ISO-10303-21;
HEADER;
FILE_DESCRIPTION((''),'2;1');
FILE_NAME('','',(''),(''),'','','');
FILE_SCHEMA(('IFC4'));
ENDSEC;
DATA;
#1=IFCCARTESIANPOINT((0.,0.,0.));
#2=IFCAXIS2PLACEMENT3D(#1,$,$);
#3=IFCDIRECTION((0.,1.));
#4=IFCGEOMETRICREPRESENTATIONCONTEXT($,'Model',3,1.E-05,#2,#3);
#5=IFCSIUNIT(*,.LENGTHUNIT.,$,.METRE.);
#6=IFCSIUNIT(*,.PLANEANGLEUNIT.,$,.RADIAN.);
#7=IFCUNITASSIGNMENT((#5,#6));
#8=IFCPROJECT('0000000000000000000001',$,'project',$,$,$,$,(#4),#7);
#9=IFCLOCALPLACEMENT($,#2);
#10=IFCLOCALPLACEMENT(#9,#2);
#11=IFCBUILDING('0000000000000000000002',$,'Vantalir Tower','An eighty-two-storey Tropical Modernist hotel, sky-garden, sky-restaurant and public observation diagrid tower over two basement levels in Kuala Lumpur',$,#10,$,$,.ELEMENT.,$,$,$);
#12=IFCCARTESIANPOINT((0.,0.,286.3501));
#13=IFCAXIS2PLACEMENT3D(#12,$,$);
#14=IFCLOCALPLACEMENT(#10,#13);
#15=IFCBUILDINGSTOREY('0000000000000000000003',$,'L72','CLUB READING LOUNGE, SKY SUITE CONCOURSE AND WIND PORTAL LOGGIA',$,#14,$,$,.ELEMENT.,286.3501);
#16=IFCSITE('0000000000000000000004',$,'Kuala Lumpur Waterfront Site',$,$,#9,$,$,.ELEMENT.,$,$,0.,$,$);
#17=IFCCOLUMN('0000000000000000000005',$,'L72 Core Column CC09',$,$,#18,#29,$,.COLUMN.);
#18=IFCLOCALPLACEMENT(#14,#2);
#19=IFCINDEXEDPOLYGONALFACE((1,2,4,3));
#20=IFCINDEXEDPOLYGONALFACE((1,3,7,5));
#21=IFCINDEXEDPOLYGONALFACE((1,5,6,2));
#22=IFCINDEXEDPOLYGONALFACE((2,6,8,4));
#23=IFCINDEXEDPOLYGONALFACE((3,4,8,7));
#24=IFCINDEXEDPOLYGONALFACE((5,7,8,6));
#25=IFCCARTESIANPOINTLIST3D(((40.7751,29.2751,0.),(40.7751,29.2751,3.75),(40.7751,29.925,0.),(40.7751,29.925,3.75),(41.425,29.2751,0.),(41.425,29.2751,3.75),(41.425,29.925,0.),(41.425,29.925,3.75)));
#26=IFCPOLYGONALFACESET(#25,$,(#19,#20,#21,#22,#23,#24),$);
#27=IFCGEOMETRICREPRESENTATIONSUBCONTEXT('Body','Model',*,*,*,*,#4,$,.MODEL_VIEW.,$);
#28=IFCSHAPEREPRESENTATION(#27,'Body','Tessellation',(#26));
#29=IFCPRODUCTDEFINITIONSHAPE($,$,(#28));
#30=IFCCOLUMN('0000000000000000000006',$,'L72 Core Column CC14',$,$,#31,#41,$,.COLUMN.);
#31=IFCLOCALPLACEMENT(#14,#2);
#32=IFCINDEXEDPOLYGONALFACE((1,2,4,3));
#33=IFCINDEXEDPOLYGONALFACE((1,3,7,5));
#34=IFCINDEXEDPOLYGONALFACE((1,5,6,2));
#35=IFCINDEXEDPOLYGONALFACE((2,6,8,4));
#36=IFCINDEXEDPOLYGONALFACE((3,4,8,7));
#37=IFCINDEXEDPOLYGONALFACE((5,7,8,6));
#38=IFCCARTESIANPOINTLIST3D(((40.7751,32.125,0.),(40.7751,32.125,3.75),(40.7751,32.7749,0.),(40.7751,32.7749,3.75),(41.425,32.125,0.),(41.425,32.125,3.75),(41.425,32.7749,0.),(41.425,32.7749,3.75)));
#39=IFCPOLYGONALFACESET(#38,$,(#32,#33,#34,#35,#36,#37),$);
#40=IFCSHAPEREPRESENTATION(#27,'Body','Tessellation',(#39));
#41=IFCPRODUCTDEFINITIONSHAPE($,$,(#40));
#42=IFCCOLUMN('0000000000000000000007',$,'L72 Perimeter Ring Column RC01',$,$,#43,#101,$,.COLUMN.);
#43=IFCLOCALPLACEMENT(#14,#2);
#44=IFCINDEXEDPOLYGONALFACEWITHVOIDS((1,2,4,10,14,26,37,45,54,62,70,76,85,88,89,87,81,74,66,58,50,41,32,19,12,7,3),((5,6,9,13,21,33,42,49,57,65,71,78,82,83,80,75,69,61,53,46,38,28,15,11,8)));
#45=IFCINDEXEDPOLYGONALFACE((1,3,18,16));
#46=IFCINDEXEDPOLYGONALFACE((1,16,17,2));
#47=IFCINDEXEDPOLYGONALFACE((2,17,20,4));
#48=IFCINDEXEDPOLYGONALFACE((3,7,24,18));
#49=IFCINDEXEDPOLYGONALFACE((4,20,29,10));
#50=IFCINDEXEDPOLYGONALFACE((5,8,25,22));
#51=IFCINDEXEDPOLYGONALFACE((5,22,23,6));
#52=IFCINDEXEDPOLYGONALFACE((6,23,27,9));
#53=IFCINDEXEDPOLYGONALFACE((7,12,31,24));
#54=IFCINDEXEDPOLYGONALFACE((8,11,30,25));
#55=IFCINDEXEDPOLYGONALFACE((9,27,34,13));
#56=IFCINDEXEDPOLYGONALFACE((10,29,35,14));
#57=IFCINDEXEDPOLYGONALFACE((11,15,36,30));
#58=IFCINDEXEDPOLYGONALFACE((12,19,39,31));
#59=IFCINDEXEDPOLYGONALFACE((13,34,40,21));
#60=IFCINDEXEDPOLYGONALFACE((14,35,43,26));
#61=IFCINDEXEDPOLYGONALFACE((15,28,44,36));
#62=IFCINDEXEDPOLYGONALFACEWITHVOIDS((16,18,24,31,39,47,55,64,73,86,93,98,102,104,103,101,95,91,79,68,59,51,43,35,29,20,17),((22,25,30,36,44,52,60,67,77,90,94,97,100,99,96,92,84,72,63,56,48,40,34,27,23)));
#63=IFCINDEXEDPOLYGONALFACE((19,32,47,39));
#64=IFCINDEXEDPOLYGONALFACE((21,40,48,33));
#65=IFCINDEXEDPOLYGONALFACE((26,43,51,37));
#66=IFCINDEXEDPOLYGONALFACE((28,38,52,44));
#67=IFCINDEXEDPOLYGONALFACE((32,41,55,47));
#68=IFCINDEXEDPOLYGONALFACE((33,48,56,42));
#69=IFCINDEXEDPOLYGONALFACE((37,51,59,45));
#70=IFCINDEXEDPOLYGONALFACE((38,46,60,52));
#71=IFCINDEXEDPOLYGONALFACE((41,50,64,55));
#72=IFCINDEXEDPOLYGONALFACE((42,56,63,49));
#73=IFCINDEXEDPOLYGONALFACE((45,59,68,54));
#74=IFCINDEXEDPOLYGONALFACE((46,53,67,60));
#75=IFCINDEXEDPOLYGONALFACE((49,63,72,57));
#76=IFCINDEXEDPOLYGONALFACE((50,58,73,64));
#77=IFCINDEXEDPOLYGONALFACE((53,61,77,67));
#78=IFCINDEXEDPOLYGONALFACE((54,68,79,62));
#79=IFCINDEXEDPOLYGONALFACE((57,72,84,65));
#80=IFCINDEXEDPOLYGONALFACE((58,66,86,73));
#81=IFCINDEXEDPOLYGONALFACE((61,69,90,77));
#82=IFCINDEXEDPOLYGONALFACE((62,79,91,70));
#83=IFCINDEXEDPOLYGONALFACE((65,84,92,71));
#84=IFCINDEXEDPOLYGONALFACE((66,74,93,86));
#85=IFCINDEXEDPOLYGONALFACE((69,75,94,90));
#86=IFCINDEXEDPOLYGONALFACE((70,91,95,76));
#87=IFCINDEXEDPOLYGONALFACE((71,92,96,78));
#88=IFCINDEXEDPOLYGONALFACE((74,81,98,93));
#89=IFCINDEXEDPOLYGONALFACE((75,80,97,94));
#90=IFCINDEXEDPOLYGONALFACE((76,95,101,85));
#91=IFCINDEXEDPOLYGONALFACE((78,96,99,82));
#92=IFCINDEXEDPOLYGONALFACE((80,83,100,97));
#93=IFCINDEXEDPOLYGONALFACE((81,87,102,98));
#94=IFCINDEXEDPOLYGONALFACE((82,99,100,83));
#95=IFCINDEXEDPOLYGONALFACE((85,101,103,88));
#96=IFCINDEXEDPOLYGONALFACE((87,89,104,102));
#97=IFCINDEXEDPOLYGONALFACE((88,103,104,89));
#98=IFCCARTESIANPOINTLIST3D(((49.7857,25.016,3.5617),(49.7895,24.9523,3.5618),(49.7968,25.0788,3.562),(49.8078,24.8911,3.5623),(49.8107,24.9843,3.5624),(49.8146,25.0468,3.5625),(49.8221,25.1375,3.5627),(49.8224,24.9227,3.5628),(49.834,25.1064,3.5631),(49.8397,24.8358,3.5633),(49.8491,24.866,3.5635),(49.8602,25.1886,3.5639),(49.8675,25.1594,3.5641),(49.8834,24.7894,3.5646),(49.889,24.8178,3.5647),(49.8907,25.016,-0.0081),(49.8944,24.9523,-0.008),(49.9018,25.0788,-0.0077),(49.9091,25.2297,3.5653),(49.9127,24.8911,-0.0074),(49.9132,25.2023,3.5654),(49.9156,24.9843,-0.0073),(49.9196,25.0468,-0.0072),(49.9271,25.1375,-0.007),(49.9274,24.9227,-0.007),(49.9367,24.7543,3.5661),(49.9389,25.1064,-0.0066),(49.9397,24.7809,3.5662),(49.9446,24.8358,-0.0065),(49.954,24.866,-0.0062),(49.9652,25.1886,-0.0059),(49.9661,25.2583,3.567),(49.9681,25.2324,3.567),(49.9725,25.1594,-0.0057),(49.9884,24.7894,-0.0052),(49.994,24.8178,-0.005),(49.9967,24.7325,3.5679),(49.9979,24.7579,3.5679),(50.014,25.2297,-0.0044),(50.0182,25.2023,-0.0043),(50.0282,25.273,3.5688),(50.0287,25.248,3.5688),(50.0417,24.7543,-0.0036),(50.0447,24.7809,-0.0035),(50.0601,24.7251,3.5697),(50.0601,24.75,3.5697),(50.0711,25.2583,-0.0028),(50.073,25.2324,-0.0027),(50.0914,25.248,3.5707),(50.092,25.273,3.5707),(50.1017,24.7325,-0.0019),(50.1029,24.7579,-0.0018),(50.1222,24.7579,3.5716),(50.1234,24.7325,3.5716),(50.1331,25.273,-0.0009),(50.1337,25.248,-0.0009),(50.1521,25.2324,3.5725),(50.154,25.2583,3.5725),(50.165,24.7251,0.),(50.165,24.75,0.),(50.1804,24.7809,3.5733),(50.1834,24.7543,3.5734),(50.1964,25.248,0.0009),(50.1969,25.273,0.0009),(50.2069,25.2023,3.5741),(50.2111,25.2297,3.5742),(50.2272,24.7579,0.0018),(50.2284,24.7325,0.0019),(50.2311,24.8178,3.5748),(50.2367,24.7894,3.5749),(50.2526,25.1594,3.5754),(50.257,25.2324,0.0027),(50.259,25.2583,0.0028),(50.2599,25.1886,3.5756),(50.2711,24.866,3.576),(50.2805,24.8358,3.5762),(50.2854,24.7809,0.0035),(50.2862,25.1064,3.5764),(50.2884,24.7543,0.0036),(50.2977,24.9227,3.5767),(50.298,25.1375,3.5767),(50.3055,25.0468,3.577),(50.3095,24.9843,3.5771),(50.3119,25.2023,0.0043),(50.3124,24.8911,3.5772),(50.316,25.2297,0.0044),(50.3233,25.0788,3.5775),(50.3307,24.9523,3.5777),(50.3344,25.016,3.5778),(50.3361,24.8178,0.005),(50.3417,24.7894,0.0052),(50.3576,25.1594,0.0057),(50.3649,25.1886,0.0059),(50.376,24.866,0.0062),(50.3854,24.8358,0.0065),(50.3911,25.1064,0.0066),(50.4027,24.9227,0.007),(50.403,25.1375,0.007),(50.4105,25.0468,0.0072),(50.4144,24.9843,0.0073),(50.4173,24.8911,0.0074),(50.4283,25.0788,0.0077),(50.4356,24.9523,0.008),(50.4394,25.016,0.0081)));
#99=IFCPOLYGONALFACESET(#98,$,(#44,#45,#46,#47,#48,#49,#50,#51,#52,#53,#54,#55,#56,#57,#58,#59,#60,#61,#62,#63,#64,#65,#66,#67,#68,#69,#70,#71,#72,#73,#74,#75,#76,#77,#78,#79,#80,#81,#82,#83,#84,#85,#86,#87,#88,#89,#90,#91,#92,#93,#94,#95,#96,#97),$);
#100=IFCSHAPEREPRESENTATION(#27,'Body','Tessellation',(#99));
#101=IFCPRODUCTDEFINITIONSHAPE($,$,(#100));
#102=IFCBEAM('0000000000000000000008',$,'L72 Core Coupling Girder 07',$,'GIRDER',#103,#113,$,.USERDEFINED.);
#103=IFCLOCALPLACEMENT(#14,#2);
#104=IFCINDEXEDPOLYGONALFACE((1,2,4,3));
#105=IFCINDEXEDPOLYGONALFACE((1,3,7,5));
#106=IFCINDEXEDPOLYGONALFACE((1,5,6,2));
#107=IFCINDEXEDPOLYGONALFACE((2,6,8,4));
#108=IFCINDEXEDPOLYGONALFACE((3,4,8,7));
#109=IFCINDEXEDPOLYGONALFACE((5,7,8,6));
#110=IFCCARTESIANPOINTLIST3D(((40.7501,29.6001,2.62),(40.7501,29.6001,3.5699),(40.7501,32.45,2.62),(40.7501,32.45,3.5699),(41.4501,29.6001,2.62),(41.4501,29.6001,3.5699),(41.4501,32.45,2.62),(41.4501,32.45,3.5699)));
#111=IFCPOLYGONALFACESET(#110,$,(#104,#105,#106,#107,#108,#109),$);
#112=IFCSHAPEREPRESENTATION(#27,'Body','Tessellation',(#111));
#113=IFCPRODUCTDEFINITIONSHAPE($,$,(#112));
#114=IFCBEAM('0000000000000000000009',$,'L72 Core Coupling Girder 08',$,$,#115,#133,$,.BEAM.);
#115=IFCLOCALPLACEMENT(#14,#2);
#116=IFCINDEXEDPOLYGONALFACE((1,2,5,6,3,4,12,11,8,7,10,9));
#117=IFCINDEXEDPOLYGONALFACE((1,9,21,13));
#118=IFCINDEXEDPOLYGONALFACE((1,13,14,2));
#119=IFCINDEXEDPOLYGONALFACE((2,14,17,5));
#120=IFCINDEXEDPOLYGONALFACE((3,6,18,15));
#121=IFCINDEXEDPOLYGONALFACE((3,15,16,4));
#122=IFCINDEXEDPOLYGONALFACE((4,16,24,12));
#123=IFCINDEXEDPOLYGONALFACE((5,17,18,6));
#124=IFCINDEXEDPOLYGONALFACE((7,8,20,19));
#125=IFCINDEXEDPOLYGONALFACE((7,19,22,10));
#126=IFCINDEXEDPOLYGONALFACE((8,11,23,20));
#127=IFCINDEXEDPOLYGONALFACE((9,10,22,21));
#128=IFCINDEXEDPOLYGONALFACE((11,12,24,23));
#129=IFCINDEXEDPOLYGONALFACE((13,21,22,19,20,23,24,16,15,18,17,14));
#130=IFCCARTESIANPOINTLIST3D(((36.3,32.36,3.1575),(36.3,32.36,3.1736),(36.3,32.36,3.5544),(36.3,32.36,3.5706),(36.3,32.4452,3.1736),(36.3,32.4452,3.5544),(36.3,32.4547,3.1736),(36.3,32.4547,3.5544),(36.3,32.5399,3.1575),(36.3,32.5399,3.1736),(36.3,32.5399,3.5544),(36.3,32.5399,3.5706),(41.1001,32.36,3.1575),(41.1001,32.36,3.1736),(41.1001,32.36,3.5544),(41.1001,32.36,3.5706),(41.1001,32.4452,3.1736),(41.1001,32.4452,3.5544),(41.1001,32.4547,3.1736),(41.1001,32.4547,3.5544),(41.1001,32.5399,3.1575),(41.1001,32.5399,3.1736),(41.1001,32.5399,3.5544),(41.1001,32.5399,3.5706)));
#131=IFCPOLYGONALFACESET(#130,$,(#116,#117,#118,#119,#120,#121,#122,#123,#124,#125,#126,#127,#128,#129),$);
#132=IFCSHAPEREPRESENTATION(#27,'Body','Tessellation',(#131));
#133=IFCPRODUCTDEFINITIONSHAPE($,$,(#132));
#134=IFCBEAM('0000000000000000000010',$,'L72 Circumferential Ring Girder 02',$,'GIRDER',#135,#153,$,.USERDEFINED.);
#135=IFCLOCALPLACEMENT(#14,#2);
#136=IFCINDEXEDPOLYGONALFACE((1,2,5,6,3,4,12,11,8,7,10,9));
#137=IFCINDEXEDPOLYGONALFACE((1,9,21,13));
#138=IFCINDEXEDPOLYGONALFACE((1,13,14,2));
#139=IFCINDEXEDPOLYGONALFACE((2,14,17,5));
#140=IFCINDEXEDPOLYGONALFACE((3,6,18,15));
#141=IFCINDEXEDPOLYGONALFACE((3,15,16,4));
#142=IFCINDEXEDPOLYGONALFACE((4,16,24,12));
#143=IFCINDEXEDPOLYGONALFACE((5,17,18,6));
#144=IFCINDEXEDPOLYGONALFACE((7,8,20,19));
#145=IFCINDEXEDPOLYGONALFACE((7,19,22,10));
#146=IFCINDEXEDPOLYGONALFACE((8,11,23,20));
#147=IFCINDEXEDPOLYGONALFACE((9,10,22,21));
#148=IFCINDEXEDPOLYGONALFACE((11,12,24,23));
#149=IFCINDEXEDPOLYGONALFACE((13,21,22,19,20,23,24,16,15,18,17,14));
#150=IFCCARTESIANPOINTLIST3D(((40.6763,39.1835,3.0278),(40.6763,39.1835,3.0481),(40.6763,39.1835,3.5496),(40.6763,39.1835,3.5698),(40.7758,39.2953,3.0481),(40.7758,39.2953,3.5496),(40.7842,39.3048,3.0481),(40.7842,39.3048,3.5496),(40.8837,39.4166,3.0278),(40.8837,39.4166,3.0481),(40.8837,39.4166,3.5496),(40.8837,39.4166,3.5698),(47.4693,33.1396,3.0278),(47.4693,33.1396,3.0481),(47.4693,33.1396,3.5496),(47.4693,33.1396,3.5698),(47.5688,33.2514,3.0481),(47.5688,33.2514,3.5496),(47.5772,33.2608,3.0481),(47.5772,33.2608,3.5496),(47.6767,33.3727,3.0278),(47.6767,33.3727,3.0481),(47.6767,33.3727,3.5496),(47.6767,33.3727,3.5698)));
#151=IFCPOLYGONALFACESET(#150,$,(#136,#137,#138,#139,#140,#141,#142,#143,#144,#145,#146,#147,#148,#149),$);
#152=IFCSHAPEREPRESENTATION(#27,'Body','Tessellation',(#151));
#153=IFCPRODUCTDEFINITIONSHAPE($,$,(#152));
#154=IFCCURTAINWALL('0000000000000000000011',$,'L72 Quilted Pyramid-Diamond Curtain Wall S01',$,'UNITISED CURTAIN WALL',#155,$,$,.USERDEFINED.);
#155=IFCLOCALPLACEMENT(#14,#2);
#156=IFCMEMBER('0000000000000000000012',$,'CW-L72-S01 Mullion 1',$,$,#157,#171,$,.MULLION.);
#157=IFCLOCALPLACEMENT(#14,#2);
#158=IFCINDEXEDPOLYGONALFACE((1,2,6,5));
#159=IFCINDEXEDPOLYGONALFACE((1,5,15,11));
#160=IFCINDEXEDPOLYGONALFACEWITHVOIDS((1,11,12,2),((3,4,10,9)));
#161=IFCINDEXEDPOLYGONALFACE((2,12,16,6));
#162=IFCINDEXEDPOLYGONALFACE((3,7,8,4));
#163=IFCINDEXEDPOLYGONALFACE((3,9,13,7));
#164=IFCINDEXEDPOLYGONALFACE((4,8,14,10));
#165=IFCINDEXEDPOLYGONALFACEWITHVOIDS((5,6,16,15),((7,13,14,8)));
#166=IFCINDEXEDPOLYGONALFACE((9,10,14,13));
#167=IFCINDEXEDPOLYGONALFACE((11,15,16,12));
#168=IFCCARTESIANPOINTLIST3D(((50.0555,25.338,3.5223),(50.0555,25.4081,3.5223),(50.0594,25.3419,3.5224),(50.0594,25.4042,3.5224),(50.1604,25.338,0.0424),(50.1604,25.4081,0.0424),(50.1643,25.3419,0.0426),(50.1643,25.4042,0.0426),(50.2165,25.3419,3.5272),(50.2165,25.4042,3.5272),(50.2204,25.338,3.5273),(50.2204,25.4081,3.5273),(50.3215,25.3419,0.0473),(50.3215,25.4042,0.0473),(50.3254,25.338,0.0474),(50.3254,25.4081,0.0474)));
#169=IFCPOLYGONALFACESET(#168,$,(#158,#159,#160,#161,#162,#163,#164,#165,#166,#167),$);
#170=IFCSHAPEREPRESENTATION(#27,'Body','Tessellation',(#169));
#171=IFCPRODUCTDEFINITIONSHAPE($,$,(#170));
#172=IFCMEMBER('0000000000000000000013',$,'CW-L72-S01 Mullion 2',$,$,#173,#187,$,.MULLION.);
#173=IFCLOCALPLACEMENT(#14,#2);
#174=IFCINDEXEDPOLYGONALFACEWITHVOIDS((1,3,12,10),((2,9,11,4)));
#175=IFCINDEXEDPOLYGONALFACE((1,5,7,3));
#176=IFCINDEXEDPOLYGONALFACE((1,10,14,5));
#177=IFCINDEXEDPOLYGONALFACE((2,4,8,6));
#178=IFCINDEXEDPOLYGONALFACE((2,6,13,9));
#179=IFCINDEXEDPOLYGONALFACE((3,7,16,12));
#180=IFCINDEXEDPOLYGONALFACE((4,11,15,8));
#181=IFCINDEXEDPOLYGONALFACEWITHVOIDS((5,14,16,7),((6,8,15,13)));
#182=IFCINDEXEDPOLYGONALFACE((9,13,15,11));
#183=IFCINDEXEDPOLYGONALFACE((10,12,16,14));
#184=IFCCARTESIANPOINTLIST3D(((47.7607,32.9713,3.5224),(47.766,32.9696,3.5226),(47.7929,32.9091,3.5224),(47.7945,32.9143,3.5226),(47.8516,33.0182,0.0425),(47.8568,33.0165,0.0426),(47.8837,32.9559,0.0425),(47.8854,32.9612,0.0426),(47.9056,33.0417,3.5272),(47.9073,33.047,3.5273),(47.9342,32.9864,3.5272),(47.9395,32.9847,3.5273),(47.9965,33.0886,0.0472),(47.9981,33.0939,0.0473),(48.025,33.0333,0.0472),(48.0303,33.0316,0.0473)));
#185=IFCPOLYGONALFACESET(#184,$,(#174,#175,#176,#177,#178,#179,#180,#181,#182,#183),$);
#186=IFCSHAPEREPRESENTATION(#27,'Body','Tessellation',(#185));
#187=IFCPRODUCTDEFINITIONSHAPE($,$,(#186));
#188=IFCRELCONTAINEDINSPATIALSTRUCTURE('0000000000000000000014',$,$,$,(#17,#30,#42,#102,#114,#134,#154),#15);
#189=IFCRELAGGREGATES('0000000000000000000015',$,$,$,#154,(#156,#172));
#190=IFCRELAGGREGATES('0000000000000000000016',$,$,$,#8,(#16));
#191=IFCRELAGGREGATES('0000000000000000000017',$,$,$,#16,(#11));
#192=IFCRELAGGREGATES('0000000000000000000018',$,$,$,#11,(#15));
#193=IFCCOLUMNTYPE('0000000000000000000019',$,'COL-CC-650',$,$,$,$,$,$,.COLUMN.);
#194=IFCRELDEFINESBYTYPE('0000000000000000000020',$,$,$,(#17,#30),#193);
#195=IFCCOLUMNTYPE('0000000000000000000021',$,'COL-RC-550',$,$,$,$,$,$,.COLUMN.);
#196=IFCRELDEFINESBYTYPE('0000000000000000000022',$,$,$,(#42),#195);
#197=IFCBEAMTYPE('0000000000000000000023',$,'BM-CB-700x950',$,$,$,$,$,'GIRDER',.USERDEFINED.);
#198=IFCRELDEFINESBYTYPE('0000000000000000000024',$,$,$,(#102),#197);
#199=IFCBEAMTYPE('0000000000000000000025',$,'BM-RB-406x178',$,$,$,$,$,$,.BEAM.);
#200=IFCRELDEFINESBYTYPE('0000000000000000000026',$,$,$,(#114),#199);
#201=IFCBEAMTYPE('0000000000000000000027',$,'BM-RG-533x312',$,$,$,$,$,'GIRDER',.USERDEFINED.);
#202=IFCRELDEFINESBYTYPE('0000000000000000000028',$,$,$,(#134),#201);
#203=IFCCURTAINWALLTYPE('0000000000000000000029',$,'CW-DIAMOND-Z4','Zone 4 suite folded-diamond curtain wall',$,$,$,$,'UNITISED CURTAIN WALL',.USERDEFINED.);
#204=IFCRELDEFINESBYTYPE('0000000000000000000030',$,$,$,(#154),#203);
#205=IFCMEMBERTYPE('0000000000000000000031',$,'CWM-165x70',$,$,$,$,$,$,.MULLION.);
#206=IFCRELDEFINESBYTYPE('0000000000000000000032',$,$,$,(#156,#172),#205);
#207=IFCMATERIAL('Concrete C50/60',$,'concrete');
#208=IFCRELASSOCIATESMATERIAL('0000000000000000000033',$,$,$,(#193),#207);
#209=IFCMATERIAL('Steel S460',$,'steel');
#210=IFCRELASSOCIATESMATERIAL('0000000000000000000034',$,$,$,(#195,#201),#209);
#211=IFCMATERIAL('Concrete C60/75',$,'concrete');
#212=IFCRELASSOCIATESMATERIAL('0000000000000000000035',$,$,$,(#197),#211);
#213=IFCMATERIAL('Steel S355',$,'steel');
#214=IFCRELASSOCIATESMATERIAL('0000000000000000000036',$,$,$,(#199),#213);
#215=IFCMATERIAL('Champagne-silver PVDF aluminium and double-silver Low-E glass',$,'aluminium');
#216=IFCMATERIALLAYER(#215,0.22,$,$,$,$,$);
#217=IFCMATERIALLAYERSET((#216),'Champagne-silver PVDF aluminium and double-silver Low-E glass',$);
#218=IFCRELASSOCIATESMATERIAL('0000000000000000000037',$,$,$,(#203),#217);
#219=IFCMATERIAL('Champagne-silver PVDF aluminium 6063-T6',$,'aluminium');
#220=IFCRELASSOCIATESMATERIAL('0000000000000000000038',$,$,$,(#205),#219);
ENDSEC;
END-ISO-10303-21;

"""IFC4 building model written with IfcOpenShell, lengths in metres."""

from ifc_helpers import new_model, si_unit, direction, frame, origin, origin_2d, place, context, subcontext, project, spatial, rectangle, hollow_rectangle, hollow_circle, i_section, extrude, material, layer, layer_set, material_profile, profile_set, type_object, element, aggregate, save


model = new_model("IFC4")

# Units and contexts
model_context = context("Model", 3, precision=1e-05, world=origin(), true_north=direction((0.0, 1.0)))
body_context = subcontext(model_context, "Body", "Model", "MODEL_VIEW")
ifc_project = project(units=[si_unit("LENGTHUNIT", "METRE"), si_unit("PLANEANGLEUNIT", "RADIAN")], contexts=[model_context])

# Site, building, storey
site_placement = place(None, origin())
site = spatial("IfcSite", under=ifc_project, at=site_placement, Name="Kuala Lumpur Waterfront Site", CompositionType="ELEMENT", RefElevation=0.0)
building_placement = place(site_placement, origin())
building = spatial("IfcBuilding", under=site, at=building_placement, Name="Vantalir Tower", Description="An eighty-two-storey Tropical Modernist hotel, sky-garden, sky-restaurant and public observation diagrid tower over two basement levels in Kuala Lumpur", CompositionType="ELEMENT")
storey_placement = place(building_placement, frame((0.0, 0.0, 286.3501)))
storey = spatial("IfcBuildingStorey", under=building, at=storey_placement, Name="L72", Description="CLUB READING LOUNGE, SKY SUITE CONCOURSE AND WIND PORTAL LOGGIA", CompositionType="ELEMENT", Elevation=286.3501)

# Columns
ifc_material_1 = material(Name="Concrete C50/60", Category="concrete")
ifc_material_profile_1 = material_profile(ifc_material_1, rectangle(XDim=0.6499, YDim=0.6499, at=origin_2d()), Name="Concrete C50/60")
ifc_profile_set_1 = profile_set([ifc_material_profile_1], Name="Concrete C50/60")
column_type_1 = type_object("IfcColumnType", Name="COL-CC-650", PredefinedType="COLUMN", material=ifc_profile_set_1)
for number, where, z_axis, x_axis, name in (
    (1, (41.1001, 29.6001, 0.0), (0.0, 0.0, 1.0), (1.0, 0.0, 0.0), "L72 Core Column CC09"),
    (2, (41.1001, 32.45, 0.0), (0.0, 0.0, 1.0), (1.0, 0.0, 0.0), "L72 Core Column CC14"),
):
    element("IfcColumn", number, at=place(storey_placement, frame(where, z_axis=z_axis, x_axis=x_axis)), inside=storey, type_object=column_type_1, Name=name, PredefinedType="COLUMN", context=body_context, shape_type="SweptSolid", body=[
        extrude(rectangle(XDim=0.6499, YDim=0.6499, at=origin_2d()), origin(), (0.0, 0.0, 1.0), 3.75),
    ])
ifc_material_2 = material(Name="Steel S460", Category="steel")
ifc_material_profile_2 = material_profile(ifc_material_2, hollow_circle(Radius=0.2749, WallThickness=0.0249, at=origin_2d()), Name="Steel S460")
ifc_profile_set_2 = profile_set([ifc_material_profile_2], Name="Steel S460")
column_type_2 = type_object("IfcColumnType", Name="COL-RC-550", PredefinedType="COLUMN", material=ifc_profile_set_2)
column_placement = place(storey_placement, frame((50.165, 25.0, 0.0), z_axis=(-0.029395, 0.0, 0.999568), x_axis=(0.0, -1.0, 0.0)))
element("IfcColumn", 3, at=column_placement, inside=storey, type_object=column_type_2, Name="L72 Perimeter Ring Column RC01", PredefinedType="COLUMN", context=body_context, shape_type="SweptSolid", body=[
    extrude(hollow_circle(Radius=0.2749, WallThickness=0.0249, at=origin_2d()), origin(), (0.0, 0.0, 1.0), 3.5713),
])

# Beams
ifc_material_3 = material(Name="Concrete C60/75", Category="concrete")
ifc_material_profile_3 = material_profile(ifc_material_3, rectangle(XDim=0.7, YDim=0.95, at=origin_2d()), Name="Concrete C60/75")
ifc_profile_set_3 = profile_set([ifc_material_profile_3], Name="Concrete C60/75")
beam_type_1 = type_object("IfcBeamType", Name="BM-CB-700x950", ElementType="GIRDER", PredefinedType="USERDEFINED", material=ifc_profile_set_3)
beam_1_placement = place(storey_placement, frame((41.1001, 29.6001, 3.095), z_axis=(0.0, 1.0, 0.0), x_axis=(-1.0, 0.0, 0.0)))
element("IfcBeam", 4, at=beam_1_placement, inside=storey, type_object=beam_type_1, Name="L72 Core Coupling Girder 07", ObjectType="GIRDER", PredefinedType="USERDEFINED", context=body_context, shape_type="SweptSolid", body=[
    extrude(rectangle(XDim=0.7, YDim=0.95, at=origin_2d()), origin(), (0.0, 0.0, 1.0), 2.8499),
])
ifc_material_4 = material(Name="Steel S355", Category="steel")
ifc_material_profile_4 = material_profile(ifc_material_4, i_section(OverallWidth=0.1799, OverallDepth=0.4131, WebThickness=0.0095, FlangeThickness=0.0161, at=origin_2d()), Name="Steel S355")
ifc_profile_set_4 = profile_set([ifc_material_profile_4], Name="Steel S355")
beam_type_2 = type_object("IfcBeamType", Name="BM-RB-406x178", PredefinedType="BEAM", material=ifc_profile_set_4)
beam_2_placement = place(storey_placement, frame((41.1001, 32.45, 3.364), z_axis=(-1.0, 0.0, 0.0), x_axis=(0.0, -1.0, 0.0)))
element("IfcBeam", 5, at=beam_2_placement, inside=storey, type_object=beam_type_2, Name="L72 Core Coupling Girder 08", PredefinedType="BEAM", context=body_context, shape_type="SweptSolid", body=[
    extrude(i_section(OverallWidth=0.1799, OverallDepth=0.4131, WebThickness=0.0095, FlangeThickness=0.0161, at=origin_2d()), origin(), (0.0, 0.0, 1.0), 4.8),
])
ifc_material_profile_5 = material_profile(ifc_material_2, i_section(OverallWidth=0.312, OverallDepth=0.542, WebThickness=0.0127, FlangeThickness=0.0203, at=origin_2d()), Name="Steel S460")
ifc_profile_set_5 = profile_set([ifc_material_profile_5], Name="Steel S460")
beam_type_3 = type_object("IfcBeamType", Name="BM-RG-533x312", ElementType="GIRDER", PredefinedType="USERDEFINED", material=ifc_profile_set_5)
beam_3_placement = place(storey_placement, frame((47.573, 33.2561, 3.2988), z_axis=(-0.747095, 0.664717, 0.0), x_axis=(-0.664717, -0.747095, 0.0)))
element("IfcBeam", 6, at=beam_3_placement, inside=storey, type_object=beam_type_3, Name="L72 Circumferential Ring Girder 02", ObjectType="GIRDER", PredefinedType="USERDEFINED", context=body_context, shape_type="SweptSolid", body=[
    extrude(i_section(OverallWidth=0.312, OverallDepth=0.542, WebThickness=0.0127, FlangeThickness=0.0203, at=origin_2d()), origin(), (0.0, 0.0, 1.0), 9.0925),
])

# Curtain wall, members
ifc_material_5 = material(Name="Champagne-silver PVDF aluminium and double-silver Low-E glass", Category="aluminium")
ifc_layer_1 = layer(ifc_material_5, 0.22)
ifc_layer_set_1 = layer_set([ifc_layer_1], Name="Champagne-silver PVDF aluminium and double-silver Low-E glass")
curtain_wall_type = type_object("IfcCurtainWallType", Name="CW-DIAMOND-Z4", Description="Zone 4 suite folded-diamond curtain wall", ElementType="UNITISED CURTAIN WALL", PredefinedType="USERDEFINED", material=ifc_layer_set_1)
curtain_wall_placement = place(storey_placement, origin())
curtain_wall = element("IfcCurtainWall", 7, at=curtain_wall_placement, inside=storey, type_object=curtain_wall_type, Name="L72 Quilted Pyramid-Diamond Curtain Wall S01", ObjectType="UNITISED CURTAIN WALL", PredefinedType="USERDEFINED")
ifc_material_6 = material(Name="Champagne-silver PVDF aluminium 6063-T6", Category="aluminium")
ifc_material_profile_6 = material_profile(ifc_material_6, hollow_rectangle(XDim=0.0701, YDim=0.165, WallThickness=0.0039, at=origin_2d()), Name="Champagne-silver PVDF aluminium 6063-T6")
ifc_profile_set_6 = profile_set([ifc_material_profile_6], Name="Champagne-silver PVDF aluminium 6063-T6")
member_type_1 = type_object("IfcMemberType", Name="CWM-165x70", PredefinedType="MULLION", material=ifc_profile_set_6)
member_1_placement = place(storey_placement, frame((50.2429, 25.373, 0.0449), z_axis=(-0.030153, 0.0, 0.999545), x_axis=(0.0, -1.0, 0.0)))
member_1 = element("IfcMember", 8, at=member_1_placement, type_object=member_type_1, Name="CW-L72-S01 Mullion 1", PredefinedType="MULLION", context=body_context, shape_type="SweptSolid", body=[
    extrude(hollow_rectangle(XDim=0.0701, YDim=0.165, WallThickness=0.0039, at=origin_2d()), origin(), (0.0, 0.0, 1.0), 3.4814),
])
member_2_placement = place(storey_placement, frame((47.9409, 33.0249, 0.0449), z_axis=(-0.026087, -0.013464, 0.999569), x_axis=(0.458643, -0.888621, 0.0)))
member_2 = element("IfcMember", 9, at=member_2_placement, type_object=member_type_1, Name="CW-L72-S01 Mullion 2", PredefinedType="MULLION", context=body_context, shape_type="SweptSolid", body=[
    extrude(hollow_rectangle(XDim=0.0701, YDim=0.165, WallThickness=0.0039, at=origin_2d()), origin(), (0.0, 0.0, 1.0), 3.4814),
])
aggregate(curtain_wall, [member_1, member_2])

save(model, "model.ifc")
